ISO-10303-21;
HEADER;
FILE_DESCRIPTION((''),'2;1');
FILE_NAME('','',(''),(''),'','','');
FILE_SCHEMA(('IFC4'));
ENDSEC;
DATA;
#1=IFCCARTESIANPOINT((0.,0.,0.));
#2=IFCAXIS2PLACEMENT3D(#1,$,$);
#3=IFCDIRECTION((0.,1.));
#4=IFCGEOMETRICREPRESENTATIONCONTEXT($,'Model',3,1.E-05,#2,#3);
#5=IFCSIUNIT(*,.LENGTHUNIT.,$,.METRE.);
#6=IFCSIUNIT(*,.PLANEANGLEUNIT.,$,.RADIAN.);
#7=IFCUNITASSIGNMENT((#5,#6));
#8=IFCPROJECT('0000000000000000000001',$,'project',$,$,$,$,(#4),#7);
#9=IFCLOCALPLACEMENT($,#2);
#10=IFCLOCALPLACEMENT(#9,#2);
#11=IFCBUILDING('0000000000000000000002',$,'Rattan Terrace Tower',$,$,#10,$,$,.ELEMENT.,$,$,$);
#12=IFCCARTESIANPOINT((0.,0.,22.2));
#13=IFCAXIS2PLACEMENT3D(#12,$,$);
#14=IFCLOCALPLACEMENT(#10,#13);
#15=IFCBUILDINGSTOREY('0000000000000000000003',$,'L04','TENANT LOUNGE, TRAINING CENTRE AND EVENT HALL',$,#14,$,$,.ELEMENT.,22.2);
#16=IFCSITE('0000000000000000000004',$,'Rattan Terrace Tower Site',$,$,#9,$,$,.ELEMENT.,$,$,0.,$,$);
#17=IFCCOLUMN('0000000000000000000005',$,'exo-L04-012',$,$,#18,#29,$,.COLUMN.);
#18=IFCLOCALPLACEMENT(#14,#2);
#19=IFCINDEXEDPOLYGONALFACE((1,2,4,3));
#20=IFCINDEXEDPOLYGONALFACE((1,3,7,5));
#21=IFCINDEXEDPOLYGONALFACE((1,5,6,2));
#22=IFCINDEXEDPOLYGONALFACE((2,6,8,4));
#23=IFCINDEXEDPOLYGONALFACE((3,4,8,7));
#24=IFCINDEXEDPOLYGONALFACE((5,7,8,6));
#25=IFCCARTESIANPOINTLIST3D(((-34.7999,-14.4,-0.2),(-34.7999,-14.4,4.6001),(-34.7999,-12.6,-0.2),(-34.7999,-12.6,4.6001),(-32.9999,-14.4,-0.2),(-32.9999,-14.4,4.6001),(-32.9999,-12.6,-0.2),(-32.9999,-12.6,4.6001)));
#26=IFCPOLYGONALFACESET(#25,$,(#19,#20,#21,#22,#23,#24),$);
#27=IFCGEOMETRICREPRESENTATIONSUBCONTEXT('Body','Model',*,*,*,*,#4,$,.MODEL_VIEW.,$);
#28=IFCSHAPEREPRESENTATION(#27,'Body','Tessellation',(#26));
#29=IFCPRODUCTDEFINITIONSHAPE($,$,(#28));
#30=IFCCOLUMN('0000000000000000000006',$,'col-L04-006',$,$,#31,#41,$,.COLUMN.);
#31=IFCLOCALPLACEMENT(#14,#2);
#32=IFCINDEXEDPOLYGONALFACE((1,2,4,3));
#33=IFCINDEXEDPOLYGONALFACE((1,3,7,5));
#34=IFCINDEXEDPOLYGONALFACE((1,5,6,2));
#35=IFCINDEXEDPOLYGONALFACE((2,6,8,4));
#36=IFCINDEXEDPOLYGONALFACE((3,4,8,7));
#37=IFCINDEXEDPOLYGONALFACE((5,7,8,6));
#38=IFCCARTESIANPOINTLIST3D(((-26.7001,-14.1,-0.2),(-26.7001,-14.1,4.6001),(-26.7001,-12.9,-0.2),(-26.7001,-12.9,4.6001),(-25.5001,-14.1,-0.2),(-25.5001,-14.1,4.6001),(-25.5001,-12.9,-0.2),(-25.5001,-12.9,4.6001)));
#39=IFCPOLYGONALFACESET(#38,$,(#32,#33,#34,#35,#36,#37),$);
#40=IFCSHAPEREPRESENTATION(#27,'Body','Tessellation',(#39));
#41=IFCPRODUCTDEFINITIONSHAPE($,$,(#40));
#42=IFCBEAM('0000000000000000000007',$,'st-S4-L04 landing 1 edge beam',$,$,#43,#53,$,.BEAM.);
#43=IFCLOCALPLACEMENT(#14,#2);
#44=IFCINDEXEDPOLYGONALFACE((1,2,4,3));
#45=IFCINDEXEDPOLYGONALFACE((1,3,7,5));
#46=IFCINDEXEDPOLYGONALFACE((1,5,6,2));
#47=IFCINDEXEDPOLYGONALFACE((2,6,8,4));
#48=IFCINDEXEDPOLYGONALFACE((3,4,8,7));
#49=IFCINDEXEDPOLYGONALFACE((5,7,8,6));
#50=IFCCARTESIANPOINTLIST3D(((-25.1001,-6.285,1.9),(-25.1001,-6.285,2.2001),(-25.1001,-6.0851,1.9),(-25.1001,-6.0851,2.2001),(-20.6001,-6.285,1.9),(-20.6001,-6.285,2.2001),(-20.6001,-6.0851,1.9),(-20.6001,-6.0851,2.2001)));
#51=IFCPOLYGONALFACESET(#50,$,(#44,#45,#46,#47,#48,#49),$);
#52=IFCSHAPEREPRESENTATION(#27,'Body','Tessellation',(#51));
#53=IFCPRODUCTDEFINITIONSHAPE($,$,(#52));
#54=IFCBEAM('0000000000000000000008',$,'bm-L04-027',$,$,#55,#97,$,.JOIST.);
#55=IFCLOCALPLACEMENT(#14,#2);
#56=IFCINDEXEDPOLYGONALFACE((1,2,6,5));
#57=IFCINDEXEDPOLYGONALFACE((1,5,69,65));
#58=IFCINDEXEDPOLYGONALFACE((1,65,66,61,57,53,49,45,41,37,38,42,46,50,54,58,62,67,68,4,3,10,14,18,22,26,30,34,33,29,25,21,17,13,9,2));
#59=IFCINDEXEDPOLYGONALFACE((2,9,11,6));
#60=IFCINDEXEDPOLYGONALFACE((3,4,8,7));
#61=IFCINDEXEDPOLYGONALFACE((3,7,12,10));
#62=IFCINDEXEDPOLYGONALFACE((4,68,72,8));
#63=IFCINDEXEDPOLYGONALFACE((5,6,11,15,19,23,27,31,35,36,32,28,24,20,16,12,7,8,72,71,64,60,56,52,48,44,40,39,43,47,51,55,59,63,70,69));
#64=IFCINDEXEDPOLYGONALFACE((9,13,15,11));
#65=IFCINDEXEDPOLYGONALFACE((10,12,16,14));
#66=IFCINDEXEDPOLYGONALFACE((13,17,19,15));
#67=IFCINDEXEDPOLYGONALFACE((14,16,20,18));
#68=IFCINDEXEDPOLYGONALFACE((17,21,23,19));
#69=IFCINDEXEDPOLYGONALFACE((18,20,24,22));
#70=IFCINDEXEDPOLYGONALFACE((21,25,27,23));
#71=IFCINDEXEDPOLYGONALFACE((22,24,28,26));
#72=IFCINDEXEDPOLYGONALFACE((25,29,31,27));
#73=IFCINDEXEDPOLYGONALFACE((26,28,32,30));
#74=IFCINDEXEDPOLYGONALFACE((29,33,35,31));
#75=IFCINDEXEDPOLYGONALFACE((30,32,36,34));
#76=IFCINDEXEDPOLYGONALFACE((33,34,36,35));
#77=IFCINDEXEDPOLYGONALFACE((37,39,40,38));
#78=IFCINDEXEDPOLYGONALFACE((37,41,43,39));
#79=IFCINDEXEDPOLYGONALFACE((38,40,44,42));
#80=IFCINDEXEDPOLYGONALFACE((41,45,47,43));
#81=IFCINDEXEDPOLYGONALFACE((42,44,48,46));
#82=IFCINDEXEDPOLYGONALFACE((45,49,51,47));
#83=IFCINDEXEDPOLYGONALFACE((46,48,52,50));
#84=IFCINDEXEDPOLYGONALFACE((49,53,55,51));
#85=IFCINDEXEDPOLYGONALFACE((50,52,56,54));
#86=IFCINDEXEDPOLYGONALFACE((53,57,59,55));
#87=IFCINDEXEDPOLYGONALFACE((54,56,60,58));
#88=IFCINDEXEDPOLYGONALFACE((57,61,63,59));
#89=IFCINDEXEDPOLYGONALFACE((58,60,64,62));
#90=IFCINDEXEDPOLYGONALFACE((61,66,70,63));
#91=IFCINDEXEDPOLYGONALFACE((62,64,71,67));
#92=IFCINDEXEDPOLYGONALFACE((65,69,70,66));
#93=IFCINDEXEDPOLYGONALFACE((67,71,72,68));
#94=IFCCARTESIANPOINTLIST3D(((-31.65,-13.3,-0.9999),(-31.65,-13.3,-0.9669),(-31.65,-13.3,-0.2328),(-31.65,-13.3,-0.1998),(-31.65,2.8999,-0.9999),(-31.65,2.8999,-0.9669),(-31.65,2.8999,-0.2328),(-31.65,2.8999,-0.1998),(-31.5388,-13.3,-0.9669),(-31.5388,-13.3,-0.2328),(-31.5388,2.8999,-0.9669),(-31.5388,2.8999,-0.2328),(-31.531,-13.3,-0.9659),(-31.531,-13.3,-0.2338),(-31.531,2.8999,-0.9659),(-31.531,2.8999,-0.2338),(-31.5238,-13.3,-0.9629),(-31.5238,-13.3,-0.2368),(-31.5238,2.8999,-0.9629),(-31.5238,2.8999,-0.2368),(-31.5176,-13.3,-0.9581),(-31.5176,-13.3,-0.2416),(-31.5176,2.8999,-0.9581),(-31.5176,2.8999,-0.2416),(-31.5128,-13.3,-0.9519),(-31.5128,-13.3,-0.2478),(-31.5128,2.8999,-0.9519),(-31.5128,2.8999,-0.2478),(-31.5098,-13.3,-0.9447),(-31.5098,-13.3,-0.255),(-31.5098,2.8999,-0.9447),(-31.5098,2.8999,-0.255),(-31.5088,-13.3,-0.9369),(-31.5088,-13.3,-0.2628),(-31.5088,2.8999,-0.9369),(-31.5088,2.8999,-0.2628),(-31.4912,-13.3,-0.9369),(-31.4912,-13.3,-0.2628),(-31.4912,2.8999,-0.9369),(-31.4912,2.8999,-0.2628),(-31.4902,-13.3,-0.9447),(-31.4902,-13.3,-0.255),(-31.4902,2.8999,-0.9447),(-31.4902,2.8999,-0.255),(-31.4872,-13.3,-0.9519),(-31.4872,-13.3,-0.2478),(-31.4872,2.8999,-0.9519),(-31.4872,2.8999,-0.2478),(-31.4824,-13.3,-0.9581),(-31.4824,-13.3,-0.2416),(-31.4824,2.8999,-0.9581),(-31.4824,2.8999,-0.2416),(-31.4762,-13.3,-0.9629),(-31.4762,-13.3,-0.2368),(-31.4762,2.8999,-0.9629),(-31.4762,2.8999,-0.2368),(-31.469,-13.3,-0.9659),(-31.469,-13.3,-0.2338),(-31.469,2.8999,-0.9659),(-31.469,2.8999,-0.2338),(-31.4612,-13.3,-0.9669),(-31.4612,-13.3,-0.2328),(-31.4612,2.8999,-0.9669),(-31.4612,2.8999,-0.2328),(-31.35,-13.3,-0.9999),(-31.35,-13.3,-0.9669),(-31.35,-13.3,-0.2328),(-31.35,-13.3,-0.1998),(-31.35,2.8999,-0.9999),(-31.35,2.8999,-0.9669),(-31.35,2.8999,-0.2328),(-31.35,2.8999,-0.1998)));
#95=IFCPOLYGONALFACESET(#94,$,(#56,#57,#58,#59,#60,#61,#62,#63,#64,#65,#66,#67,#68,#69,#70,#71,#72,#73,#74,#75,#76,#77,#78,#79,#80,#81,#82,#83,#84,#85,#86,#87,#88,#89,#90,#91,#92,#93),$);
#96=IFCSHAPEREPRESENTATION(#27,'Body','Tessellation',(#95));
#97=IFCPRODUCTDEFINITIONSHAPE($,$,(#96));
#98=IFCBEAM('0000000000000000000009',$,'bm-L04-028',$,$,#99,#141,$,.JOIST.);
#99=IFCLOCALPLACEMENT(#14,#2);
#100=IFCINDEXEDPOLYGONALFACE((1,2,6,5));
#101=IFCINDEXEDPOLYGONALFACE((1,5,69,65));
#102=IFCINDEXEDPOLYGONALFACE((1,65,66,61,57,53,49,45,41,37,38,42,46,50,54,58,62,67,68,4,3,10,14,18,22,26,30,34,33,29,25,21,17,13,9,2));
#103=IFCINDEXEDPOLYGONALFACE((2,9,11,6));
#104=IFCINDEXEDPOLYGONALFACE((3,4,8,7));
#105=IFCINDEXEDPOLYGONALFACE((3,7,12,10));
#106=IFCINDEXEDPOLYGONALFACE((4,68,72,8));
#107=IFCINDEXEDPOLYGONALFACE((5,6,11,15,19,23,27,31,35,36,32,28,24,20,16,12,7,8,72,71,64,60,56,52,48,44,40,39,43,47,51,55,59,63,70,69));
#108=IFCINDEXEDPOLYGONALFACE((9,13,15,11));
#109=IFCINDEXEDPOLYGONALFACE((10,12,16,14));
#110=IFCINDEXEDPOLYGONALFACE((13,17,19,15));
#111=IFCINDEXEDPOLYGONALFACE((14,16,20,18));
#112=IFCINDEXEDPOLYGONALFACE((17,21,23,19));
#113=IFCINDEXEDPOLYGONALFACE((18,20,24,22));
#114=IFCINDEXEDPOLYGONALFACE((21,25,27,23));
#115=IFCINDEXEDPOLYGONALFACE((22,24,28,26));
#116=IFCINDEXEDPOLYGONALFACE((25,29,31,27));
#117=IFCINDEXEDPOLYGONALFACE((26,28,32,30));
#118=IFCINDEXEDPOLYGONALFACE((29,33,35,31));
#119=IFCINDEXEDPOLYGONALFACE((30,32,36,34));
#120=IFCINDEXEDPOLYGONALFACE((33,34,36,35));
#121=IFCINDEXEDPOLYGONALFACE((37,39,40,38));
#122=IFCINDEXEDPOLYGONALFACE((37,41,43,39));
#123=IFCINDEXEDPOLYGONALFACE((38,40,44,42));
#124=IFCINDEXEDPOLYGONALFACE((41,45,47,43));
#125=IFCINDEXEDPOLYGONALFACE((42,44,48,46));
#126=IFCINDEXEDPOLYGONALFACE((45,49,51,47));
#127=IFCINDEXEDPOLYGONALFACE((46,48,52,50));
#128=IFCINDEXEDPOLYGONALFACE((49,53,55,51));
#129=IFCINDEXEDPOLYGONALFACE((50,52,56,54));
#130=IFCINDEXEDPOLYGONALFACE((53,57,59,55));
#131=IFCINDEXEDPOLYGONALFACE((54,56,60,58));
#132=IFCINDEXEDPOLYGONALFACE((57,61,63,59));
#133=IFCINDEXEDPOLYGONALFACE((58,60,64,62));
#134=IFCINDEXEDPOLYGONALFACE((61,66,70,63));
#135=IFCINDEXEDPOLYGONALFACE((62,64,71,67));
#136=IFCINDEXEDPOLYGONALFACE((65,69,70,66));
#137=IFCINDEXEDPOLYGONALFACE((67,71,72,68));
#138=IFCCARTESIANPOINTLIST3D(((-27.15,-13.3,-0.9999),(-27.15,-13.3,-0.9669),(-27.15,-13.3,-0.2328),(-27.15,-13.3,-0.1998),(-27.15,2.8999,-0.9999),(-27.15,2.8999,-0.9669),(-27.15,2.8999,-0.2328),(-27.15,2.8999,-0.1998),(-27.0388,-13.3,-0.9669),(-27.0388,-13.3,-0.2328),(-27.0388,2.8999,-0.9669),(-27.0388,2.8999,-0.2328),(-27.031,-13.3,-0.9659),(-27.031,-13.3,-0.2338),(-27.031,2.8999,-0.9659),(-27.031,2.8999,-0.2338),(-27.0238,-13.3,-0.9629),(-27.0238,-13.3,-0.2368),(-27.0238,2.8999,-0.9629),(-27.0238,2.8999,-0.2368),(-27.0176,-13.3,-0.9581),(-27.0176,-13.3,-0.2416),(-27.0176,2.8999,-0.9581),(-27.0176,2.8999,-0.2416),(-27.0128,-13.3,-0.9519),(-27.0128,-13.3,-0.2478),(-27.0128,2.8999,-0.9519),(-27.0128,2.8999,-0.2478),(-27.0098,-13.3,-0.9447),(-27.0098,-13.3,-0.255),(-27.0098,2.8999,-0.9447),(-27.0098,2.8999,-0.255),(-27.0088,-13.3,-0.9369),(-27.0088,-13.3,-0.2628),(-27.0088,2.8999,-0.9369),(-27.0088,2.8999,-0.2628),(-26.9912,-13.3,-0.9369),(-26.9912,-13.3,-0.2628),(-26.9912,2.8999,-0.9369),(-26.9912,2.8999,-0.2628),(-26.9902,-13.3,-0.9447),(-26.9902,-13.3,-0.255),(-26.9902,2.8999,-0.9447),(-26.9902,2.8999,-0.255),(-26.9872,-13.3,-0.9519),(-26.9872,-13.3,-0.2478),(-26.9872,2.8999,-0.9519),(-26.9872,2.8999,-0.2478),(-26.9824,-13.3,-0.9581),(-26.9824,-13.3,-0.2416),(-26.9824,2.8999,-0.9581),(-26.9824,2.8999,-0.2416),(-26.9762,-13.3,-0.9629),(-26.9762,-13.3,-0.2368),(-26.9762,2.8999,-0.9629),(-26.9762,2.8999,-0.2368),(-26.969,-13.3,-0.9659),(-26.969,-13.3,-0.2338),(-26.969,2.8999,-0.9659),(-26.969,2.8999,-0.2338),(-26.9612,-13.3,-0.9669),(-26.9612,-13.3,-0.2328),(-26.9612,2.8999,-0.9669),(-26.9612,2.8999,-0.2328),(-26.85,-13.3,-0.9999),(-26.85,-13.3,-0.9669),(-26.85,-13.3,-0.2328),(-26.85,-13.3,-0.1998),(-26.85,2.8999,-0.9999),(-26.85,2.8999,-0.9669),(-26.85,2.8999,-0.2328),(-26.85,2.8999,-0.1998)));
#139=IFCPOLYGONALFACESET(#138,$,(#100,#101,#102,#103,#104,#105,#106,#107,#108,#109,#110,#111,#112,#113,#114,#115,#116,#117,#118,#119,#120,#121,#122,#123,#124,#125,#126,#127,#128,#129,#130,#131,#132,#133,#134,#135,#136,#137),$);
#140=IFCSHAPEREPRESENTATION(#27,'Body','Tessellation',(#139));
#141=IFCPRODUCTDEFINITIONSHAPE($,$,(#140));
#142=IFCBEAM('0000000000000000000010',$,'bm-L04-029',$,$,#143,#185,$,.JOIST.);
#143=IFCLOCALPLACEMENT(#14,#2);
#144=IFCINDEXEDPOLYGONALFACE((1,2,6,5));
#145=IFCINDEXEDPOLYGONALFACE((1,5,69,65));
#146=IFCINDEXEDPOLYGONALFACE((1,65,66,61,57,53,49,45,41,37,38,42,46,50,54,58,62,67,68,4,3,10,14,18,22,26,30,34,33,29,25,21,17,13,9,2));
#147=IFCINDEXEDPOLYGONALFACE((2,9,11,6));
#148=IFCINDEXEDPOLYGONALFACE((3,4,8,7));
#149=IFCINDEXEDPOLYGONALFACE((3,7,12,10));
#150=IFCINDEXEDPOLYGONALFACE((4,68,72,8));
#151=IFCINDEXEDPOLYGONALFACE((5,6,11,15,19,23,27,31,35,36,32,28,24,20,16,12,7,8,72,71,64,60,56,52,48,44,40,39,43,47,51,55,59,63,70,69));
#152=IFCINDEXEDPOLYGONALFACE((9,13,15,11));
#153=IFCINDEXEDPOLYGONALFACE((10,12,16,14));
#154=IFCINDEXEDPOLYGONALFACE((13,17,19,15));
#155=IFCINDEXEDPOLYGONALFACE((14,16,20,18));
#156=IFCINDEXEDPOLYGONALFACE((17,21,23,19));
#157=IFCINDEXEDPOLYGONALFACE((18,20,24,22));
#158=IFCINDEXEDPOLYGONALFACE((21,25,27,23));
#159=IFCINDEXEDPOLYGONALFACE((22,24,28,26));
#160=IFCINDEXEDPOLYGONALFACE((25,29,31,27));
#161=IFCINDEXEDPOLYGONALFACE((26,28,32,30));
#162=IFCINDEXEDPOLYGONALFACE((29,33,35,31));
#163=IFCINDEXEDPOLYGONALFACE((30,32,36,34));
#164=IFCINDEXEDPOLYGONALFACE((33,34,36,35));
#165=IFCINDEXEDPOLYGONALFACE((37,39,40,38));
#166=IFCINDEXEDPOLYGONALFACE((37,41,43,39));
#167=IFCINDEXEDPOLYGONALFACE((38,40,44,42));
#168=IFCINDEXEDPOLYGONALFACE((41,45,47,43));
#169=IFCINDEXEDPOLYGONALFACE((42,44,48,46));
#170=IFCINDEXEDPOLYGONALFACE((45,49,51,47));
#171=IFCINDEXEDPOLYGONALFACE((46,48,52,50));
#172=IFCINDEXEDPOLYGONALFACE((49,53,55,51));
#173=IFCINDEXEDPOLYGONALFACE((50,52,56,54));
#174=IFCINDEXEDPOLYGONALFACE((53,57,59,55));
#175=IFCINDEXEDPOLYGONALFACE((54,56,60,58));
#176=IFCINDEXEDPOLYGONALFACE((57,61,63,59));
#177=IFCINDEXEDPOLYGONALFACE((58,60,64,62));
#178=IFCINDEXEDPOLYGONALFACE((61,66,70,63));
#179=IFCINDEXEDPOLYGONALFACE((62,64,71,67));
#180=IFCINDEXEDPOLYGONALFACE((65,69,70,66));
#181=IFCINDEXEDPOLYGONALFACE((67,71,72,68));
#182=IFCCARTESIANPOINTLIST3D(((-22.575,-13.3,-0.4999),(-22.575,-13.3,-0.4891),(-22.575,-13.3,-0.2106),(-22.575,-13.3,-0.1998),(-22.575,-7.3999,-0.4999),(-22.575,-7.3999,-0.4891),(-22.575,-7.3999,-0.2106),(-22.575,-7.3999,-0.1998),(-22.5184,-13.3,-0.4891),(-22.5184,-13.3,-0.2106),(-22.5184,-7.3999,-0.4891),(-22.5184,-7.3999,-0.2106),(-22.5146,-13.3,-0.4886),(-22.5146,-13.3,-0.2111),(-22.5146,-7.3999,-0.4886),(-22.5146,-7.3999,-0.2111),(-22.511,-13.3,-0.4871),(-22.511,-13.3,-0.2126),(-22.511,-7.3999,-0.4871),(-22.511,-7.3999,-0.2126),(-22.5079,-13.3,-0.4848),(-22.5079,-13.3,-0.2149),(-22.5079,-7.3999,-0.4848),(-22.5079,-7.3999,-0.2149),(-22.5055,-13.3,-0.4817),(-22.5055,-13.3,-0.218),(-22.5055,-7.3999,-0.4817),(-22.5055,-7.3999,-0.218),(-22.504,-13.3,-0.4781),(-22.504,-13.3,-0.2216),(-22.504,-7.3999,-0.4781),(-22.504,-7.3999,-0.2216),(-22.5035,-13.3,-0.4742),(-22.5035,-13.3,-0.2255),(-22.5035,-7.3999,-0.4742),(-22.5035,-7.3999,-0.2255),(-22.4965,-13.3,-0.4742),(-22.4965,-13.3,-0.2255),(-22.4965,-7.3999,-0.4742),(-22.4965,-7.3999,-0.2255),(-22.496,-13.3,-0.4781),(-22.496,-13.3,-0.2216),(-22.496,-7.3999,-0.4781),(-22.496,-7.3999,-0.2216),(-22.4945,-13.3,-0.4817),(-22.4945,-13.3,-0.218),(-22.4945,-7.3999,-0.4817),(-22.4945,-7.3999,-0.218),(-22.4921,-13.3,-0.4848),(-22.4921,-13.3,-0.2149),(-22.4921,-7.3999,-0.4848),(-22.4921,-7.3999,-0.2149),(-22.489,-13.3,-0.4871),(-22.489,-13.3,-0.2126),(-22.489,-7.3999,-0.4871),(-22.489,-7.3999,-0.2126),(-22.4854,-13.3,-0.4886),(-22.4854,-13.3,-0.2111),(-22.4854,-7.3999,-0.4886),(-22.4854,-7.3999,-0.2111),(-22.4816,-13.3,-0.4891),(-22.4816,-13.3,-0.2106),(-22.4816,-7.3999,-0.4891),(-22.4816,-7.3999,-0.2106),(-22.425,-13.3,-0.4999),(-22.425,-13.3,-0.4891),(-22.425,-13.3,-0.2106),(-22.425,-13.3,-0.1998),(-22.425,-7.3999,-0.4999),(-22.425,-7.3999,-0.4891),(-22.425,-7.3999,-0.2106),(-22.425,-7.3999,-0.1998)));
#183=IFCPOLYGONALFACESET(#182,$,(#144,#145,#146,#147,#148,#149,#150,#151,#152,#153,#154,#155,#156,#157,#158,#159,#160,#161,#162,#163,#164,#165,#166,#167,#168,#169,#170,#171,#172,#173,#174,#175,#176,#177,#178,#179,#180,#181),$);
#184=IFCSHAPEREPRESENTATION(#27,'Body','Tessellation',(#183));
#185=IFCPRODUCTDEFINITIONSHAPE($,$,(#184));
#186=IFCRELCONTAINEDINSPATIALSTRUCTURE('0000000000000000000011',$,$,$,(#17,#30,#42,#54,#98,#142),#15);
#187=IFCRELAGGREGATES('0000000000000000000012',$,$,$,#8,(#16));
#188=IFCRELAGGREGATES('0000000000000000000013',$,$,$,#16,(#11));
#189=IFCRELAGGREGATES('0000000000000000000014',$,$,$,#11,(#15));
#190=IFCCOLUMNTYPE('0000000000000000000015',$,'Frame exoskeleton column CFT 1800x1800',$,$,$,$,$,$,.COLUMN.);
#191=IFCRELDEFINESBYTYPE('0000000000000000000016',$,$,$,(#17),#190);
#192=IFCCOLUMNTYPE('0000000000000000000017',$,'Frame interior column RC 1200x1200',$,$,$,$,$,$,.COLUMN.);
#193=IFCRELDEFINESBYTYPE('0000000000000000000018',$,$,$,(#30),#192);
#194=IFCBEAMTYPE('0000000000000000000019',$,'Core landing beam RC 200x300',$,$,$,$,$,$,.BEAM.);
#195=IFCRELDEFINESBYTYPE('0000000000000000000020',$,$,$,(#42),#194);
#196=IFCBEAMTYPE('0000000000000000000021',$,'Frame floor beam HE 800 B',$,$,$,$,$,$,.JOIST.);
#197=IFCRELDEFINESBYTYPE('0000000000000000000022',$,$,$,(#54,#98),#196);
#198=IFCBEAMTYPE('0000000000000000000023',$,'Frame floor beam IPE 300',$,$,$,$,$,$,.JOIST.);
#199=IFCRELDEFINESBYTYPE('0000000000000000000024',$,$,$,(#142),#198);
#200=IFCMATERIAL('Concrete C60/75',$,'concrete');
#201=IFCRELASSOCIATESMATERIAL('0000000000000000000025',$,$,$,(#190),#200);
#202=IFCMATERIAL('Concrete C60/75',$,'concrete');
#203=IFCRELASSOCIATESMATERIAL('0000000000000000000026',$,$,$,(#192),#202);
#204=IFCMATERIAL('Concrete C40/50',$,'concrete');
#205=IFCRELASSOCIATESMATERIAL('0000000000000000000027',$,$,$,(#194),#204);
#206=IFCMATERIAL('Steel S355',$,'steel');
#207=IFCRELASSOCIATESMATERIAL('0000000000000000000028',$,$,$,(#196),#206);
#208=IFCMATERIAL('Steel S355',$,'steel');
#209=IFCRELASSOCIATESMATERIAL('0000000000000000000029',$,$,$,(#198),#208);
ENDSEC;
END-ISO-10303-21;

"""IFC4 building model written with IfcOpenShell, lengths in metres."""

from ifc_helpers import new_model, si_unit, direction, frame, origin, origin_2d, place, context, subcontext, project, spatial, rectangle, i_section, extrude, material, material_profile, profile_set, type_object, element, save


model = new_model("IFC4")

# Units and contexts
model_context = context("Model", 3, precision=1e-05, world=origin(), true_north=direction((0.0, 1.0)))
body_context = subcontext(model_context, "Body", "Model", "MODEL_VIEW")
ifc_project = project(units=[si_unit("LENGTHUNIT", "METRE"), si_unit("PLANEANGLEUNIT", "RADIAN")], contexts=[model_context])

# Site, building, storey
site_placement = place(None, origin())
site = spatial("IfcSite", under=ifc_project, at=site_placement, Name="Rattan Terrace Tower Site", CompositionType="ELEMENT", RefElevation=0.0)
building_placement = place(site_placement, origin())
building = spatial("IfcBuilding", under=site, at=building_placement, Name="Rattan Terrace Tower", CompositionType="ELEMENT")
storey_placement = place(building_placement, frame((0.0, 0.0, 22.2)))
storey = spatial("IfcBuildingStorey", under=building, at=storey_placement, Name="L04", Description="TENANT LOUNGE, TRAINING CENTRE AND EVENT HALL", CompositionType="ELEMENT", Elevation=22.2)

# Columns
ifc_material_1 = material(Name="Concrete C60/75", Category="concrete")
ifc_material_profile_1 = material_profile(ifc_material_1, rectangle(XDim=1.8, YDim=1.8, at=origin_2d()), Name="CFT 1800x1800")
ifc_profile_set_1 = profile_set([ifc_material_profile_1], Name="Concrete C60/75")
column_type_1 = type_object("IfcColumnType", Name="Frame exoskeleton column CFT 1800x1800", PredefinedType="COLUMN", material=ifc_profile_set_1)
column_1_placement = place(storey_placement, frame((-33.8999, -13.5, -0.2), z_axis=(0.0, 0.0, 1.0), x_axis=(0.0, 1.0, 0.0)))
element("IfcColumn", 1, at=column_1_placement, inside=storey, type_object=column_type_1, Name="exo-L04-012", PredefinedType="COLUMN", context=body_context, shape_type="SweptSolid", body=[
    extrude(rectangle(XDim=1.8, YDim=1.8, at=origin_2d()), origin(), (0.0, 0.0, 1.0), 4.8),
])
ifc_material_2 = material(Name="Concrete C60/75", Category="concrete")
ifc_material_profile_2 = material_profile(ifc_material_2, rectangle(XDim=1.2, YDim=1.2, at=origin_2d()), Name="RC 1200x1200")
ifc_profile_set_2 = profile_set([ifc_material_profile_2], Name="Concrete C60/75")
column_type_2 = type_object("IfcColumnType", Name="Frame interior column RC 1200x1200", PredefinedType="COLUMN", material=ifc_profile_set_2)
column_2_placement = place(storey_placement, frame((-26.1001, -13.5, -0.2), z_axis=(0.0, 0.0, 1.0), x_axis=(1.0, 0.0, 0.0)))
element("IfcColumn", 2, at=column_2_placement, inside=storey, type_object=column_type_2, Name="col-L04-006", PredefinedType="COLUMN", context=body_context, shape_type="SweptSolid", body=[
    extrude(rectangle(XDim=1.2, YDim=1.2, at=origin_2d()), origin(), (0.0, 0.0, 1.0), 4.8),
])

# Beams
ifc_material_3 = material(Name="Concrete C40/50", Category="concrete")
ifc_material_profile_3 = material_profile(ifc_material_3, rectangle(XDim=0.2, YDim=0.3, at=origin_2d()), Name="RC 200x300")
ifc_profile_set_3 = profile_set([ifc_material_profile_3], Name="Concrete C40/50")
beam_type_1 = type_object("IfcBeamType", Name="Core landing beam RC 200x300", PredefinedType="BEAM", material=ifc_profile_set_3)
beam_1_placement = place(storey_placement, frame((-25.1001, -6.1851, 2.05), z_axis=(1.0, 0.0, 0.0), x_axis=(0.0, 1.0, 0.0)))
element("IfcBeam", 3, at=beam_1_placement, inside=storey, type_object=beam_type_1, Name="st-S4-L04 landing 1 edge beam", PredefinedType="BEAM", context=body_context, shape_type="SweptSolid", body=[
    extrude(rectangle(XDim=0.2, YDim=0.3, at=origin_2d()), origin(), (0.0, 0.0, 1.0), 4.5),
])
ifc_material_4 = material(Name="Steel S355", Category="steel")
ifc_material_profile_4 = material_profile(ifc_material_4, i_section(OverallWidth=0.3, OverallDepth=0.8, WebThickness=0.0176, FlangeThickness=0.033, FilletRadius=0.03, at=origin_2d()), Name="HE 800 B")
ifc_profile_set_4 = profile_set([ifc_material_profile_4], Name="Steel S355")
beam_type_2 = type_object("IfcBeamType", Name="Frame floor beam HE 800 B", PredefinedType="JOIST", material=ifc_profile_set_4)
for number, where, z_axis, x_axis, name in (
    (4, (-31.5, -13.3, -0.5999), (0.0, 1.0, 0.0), (-1.0, 0.0, 0.0), "bm-L04-027"),
    (5, (-27.0, -13.3, -0.5999), (0.0, 1.0, 0.0), (-1.0, 0.0, 0.0), "bm-L04-028"),
):
    element("IfcBeam", number, at=place(storey_placement, frame(where, z_axis=z_axis, x_axis=x_axis)), inside=storey, type_object=beam_type_2, Name=name, PredefinedType="JOIST", context=body_context, shape_type="SweptSolid", body=[
        extrude(i_section(OverallWidth=0.3, OverallDepth=0.8, WebThickness=0.0176, FlangeThickness=0.033, FilletRadius=0.03, at=origin_2d()), origin(), (0.0, 0.0, 1.0), 16.2),
    ])
ifc_material_5 = material(Name="Steel S355", Category="steel")
ifc_material_profile_5 = material_profile(ifc_material_5, i_section(OverallWidth=0.1499, OverallDepth=0.3, WebThickness=0.0071, FlangeThickness=0.0107, FilletRadius=0.0149, at=origin_2d()), Name="IPE 300")
ifc_profile_set_5 = profile_set([ifc_material_profile_5], Name="Steel S355")
beam_type_3 = type_object("IfcBeamType", Name="Frame floor beam IPE 300", PredefinedType="JOIST", material=ifc_profile_set_5)
beam_2_placement = place(storey_placement, frame((-22.5, -13.3, -0.3499), z_axis=(0.0, 1.0, 0.0), x_axis=(-1.0, 0.0, 0.0)))
element("IfcBeam", 6, at=beam_2_placement, inside=storey, type_object=beam_type_3, Name="bm-L04-029", PredefinedType="JOIST", context=body_context, shape_type="SweptSolid", body=[
    extrude(i_section(OverallWidth=0.1499, OverallDepth=0.3, WebThickness=0.0071, FlangeThickness=0.0107, FilletRadius=0.0149, at=origin_2d()), origin(), (0.0, 0.0, 1.0), 5.9001),
])

save(model, "model.ifc")
